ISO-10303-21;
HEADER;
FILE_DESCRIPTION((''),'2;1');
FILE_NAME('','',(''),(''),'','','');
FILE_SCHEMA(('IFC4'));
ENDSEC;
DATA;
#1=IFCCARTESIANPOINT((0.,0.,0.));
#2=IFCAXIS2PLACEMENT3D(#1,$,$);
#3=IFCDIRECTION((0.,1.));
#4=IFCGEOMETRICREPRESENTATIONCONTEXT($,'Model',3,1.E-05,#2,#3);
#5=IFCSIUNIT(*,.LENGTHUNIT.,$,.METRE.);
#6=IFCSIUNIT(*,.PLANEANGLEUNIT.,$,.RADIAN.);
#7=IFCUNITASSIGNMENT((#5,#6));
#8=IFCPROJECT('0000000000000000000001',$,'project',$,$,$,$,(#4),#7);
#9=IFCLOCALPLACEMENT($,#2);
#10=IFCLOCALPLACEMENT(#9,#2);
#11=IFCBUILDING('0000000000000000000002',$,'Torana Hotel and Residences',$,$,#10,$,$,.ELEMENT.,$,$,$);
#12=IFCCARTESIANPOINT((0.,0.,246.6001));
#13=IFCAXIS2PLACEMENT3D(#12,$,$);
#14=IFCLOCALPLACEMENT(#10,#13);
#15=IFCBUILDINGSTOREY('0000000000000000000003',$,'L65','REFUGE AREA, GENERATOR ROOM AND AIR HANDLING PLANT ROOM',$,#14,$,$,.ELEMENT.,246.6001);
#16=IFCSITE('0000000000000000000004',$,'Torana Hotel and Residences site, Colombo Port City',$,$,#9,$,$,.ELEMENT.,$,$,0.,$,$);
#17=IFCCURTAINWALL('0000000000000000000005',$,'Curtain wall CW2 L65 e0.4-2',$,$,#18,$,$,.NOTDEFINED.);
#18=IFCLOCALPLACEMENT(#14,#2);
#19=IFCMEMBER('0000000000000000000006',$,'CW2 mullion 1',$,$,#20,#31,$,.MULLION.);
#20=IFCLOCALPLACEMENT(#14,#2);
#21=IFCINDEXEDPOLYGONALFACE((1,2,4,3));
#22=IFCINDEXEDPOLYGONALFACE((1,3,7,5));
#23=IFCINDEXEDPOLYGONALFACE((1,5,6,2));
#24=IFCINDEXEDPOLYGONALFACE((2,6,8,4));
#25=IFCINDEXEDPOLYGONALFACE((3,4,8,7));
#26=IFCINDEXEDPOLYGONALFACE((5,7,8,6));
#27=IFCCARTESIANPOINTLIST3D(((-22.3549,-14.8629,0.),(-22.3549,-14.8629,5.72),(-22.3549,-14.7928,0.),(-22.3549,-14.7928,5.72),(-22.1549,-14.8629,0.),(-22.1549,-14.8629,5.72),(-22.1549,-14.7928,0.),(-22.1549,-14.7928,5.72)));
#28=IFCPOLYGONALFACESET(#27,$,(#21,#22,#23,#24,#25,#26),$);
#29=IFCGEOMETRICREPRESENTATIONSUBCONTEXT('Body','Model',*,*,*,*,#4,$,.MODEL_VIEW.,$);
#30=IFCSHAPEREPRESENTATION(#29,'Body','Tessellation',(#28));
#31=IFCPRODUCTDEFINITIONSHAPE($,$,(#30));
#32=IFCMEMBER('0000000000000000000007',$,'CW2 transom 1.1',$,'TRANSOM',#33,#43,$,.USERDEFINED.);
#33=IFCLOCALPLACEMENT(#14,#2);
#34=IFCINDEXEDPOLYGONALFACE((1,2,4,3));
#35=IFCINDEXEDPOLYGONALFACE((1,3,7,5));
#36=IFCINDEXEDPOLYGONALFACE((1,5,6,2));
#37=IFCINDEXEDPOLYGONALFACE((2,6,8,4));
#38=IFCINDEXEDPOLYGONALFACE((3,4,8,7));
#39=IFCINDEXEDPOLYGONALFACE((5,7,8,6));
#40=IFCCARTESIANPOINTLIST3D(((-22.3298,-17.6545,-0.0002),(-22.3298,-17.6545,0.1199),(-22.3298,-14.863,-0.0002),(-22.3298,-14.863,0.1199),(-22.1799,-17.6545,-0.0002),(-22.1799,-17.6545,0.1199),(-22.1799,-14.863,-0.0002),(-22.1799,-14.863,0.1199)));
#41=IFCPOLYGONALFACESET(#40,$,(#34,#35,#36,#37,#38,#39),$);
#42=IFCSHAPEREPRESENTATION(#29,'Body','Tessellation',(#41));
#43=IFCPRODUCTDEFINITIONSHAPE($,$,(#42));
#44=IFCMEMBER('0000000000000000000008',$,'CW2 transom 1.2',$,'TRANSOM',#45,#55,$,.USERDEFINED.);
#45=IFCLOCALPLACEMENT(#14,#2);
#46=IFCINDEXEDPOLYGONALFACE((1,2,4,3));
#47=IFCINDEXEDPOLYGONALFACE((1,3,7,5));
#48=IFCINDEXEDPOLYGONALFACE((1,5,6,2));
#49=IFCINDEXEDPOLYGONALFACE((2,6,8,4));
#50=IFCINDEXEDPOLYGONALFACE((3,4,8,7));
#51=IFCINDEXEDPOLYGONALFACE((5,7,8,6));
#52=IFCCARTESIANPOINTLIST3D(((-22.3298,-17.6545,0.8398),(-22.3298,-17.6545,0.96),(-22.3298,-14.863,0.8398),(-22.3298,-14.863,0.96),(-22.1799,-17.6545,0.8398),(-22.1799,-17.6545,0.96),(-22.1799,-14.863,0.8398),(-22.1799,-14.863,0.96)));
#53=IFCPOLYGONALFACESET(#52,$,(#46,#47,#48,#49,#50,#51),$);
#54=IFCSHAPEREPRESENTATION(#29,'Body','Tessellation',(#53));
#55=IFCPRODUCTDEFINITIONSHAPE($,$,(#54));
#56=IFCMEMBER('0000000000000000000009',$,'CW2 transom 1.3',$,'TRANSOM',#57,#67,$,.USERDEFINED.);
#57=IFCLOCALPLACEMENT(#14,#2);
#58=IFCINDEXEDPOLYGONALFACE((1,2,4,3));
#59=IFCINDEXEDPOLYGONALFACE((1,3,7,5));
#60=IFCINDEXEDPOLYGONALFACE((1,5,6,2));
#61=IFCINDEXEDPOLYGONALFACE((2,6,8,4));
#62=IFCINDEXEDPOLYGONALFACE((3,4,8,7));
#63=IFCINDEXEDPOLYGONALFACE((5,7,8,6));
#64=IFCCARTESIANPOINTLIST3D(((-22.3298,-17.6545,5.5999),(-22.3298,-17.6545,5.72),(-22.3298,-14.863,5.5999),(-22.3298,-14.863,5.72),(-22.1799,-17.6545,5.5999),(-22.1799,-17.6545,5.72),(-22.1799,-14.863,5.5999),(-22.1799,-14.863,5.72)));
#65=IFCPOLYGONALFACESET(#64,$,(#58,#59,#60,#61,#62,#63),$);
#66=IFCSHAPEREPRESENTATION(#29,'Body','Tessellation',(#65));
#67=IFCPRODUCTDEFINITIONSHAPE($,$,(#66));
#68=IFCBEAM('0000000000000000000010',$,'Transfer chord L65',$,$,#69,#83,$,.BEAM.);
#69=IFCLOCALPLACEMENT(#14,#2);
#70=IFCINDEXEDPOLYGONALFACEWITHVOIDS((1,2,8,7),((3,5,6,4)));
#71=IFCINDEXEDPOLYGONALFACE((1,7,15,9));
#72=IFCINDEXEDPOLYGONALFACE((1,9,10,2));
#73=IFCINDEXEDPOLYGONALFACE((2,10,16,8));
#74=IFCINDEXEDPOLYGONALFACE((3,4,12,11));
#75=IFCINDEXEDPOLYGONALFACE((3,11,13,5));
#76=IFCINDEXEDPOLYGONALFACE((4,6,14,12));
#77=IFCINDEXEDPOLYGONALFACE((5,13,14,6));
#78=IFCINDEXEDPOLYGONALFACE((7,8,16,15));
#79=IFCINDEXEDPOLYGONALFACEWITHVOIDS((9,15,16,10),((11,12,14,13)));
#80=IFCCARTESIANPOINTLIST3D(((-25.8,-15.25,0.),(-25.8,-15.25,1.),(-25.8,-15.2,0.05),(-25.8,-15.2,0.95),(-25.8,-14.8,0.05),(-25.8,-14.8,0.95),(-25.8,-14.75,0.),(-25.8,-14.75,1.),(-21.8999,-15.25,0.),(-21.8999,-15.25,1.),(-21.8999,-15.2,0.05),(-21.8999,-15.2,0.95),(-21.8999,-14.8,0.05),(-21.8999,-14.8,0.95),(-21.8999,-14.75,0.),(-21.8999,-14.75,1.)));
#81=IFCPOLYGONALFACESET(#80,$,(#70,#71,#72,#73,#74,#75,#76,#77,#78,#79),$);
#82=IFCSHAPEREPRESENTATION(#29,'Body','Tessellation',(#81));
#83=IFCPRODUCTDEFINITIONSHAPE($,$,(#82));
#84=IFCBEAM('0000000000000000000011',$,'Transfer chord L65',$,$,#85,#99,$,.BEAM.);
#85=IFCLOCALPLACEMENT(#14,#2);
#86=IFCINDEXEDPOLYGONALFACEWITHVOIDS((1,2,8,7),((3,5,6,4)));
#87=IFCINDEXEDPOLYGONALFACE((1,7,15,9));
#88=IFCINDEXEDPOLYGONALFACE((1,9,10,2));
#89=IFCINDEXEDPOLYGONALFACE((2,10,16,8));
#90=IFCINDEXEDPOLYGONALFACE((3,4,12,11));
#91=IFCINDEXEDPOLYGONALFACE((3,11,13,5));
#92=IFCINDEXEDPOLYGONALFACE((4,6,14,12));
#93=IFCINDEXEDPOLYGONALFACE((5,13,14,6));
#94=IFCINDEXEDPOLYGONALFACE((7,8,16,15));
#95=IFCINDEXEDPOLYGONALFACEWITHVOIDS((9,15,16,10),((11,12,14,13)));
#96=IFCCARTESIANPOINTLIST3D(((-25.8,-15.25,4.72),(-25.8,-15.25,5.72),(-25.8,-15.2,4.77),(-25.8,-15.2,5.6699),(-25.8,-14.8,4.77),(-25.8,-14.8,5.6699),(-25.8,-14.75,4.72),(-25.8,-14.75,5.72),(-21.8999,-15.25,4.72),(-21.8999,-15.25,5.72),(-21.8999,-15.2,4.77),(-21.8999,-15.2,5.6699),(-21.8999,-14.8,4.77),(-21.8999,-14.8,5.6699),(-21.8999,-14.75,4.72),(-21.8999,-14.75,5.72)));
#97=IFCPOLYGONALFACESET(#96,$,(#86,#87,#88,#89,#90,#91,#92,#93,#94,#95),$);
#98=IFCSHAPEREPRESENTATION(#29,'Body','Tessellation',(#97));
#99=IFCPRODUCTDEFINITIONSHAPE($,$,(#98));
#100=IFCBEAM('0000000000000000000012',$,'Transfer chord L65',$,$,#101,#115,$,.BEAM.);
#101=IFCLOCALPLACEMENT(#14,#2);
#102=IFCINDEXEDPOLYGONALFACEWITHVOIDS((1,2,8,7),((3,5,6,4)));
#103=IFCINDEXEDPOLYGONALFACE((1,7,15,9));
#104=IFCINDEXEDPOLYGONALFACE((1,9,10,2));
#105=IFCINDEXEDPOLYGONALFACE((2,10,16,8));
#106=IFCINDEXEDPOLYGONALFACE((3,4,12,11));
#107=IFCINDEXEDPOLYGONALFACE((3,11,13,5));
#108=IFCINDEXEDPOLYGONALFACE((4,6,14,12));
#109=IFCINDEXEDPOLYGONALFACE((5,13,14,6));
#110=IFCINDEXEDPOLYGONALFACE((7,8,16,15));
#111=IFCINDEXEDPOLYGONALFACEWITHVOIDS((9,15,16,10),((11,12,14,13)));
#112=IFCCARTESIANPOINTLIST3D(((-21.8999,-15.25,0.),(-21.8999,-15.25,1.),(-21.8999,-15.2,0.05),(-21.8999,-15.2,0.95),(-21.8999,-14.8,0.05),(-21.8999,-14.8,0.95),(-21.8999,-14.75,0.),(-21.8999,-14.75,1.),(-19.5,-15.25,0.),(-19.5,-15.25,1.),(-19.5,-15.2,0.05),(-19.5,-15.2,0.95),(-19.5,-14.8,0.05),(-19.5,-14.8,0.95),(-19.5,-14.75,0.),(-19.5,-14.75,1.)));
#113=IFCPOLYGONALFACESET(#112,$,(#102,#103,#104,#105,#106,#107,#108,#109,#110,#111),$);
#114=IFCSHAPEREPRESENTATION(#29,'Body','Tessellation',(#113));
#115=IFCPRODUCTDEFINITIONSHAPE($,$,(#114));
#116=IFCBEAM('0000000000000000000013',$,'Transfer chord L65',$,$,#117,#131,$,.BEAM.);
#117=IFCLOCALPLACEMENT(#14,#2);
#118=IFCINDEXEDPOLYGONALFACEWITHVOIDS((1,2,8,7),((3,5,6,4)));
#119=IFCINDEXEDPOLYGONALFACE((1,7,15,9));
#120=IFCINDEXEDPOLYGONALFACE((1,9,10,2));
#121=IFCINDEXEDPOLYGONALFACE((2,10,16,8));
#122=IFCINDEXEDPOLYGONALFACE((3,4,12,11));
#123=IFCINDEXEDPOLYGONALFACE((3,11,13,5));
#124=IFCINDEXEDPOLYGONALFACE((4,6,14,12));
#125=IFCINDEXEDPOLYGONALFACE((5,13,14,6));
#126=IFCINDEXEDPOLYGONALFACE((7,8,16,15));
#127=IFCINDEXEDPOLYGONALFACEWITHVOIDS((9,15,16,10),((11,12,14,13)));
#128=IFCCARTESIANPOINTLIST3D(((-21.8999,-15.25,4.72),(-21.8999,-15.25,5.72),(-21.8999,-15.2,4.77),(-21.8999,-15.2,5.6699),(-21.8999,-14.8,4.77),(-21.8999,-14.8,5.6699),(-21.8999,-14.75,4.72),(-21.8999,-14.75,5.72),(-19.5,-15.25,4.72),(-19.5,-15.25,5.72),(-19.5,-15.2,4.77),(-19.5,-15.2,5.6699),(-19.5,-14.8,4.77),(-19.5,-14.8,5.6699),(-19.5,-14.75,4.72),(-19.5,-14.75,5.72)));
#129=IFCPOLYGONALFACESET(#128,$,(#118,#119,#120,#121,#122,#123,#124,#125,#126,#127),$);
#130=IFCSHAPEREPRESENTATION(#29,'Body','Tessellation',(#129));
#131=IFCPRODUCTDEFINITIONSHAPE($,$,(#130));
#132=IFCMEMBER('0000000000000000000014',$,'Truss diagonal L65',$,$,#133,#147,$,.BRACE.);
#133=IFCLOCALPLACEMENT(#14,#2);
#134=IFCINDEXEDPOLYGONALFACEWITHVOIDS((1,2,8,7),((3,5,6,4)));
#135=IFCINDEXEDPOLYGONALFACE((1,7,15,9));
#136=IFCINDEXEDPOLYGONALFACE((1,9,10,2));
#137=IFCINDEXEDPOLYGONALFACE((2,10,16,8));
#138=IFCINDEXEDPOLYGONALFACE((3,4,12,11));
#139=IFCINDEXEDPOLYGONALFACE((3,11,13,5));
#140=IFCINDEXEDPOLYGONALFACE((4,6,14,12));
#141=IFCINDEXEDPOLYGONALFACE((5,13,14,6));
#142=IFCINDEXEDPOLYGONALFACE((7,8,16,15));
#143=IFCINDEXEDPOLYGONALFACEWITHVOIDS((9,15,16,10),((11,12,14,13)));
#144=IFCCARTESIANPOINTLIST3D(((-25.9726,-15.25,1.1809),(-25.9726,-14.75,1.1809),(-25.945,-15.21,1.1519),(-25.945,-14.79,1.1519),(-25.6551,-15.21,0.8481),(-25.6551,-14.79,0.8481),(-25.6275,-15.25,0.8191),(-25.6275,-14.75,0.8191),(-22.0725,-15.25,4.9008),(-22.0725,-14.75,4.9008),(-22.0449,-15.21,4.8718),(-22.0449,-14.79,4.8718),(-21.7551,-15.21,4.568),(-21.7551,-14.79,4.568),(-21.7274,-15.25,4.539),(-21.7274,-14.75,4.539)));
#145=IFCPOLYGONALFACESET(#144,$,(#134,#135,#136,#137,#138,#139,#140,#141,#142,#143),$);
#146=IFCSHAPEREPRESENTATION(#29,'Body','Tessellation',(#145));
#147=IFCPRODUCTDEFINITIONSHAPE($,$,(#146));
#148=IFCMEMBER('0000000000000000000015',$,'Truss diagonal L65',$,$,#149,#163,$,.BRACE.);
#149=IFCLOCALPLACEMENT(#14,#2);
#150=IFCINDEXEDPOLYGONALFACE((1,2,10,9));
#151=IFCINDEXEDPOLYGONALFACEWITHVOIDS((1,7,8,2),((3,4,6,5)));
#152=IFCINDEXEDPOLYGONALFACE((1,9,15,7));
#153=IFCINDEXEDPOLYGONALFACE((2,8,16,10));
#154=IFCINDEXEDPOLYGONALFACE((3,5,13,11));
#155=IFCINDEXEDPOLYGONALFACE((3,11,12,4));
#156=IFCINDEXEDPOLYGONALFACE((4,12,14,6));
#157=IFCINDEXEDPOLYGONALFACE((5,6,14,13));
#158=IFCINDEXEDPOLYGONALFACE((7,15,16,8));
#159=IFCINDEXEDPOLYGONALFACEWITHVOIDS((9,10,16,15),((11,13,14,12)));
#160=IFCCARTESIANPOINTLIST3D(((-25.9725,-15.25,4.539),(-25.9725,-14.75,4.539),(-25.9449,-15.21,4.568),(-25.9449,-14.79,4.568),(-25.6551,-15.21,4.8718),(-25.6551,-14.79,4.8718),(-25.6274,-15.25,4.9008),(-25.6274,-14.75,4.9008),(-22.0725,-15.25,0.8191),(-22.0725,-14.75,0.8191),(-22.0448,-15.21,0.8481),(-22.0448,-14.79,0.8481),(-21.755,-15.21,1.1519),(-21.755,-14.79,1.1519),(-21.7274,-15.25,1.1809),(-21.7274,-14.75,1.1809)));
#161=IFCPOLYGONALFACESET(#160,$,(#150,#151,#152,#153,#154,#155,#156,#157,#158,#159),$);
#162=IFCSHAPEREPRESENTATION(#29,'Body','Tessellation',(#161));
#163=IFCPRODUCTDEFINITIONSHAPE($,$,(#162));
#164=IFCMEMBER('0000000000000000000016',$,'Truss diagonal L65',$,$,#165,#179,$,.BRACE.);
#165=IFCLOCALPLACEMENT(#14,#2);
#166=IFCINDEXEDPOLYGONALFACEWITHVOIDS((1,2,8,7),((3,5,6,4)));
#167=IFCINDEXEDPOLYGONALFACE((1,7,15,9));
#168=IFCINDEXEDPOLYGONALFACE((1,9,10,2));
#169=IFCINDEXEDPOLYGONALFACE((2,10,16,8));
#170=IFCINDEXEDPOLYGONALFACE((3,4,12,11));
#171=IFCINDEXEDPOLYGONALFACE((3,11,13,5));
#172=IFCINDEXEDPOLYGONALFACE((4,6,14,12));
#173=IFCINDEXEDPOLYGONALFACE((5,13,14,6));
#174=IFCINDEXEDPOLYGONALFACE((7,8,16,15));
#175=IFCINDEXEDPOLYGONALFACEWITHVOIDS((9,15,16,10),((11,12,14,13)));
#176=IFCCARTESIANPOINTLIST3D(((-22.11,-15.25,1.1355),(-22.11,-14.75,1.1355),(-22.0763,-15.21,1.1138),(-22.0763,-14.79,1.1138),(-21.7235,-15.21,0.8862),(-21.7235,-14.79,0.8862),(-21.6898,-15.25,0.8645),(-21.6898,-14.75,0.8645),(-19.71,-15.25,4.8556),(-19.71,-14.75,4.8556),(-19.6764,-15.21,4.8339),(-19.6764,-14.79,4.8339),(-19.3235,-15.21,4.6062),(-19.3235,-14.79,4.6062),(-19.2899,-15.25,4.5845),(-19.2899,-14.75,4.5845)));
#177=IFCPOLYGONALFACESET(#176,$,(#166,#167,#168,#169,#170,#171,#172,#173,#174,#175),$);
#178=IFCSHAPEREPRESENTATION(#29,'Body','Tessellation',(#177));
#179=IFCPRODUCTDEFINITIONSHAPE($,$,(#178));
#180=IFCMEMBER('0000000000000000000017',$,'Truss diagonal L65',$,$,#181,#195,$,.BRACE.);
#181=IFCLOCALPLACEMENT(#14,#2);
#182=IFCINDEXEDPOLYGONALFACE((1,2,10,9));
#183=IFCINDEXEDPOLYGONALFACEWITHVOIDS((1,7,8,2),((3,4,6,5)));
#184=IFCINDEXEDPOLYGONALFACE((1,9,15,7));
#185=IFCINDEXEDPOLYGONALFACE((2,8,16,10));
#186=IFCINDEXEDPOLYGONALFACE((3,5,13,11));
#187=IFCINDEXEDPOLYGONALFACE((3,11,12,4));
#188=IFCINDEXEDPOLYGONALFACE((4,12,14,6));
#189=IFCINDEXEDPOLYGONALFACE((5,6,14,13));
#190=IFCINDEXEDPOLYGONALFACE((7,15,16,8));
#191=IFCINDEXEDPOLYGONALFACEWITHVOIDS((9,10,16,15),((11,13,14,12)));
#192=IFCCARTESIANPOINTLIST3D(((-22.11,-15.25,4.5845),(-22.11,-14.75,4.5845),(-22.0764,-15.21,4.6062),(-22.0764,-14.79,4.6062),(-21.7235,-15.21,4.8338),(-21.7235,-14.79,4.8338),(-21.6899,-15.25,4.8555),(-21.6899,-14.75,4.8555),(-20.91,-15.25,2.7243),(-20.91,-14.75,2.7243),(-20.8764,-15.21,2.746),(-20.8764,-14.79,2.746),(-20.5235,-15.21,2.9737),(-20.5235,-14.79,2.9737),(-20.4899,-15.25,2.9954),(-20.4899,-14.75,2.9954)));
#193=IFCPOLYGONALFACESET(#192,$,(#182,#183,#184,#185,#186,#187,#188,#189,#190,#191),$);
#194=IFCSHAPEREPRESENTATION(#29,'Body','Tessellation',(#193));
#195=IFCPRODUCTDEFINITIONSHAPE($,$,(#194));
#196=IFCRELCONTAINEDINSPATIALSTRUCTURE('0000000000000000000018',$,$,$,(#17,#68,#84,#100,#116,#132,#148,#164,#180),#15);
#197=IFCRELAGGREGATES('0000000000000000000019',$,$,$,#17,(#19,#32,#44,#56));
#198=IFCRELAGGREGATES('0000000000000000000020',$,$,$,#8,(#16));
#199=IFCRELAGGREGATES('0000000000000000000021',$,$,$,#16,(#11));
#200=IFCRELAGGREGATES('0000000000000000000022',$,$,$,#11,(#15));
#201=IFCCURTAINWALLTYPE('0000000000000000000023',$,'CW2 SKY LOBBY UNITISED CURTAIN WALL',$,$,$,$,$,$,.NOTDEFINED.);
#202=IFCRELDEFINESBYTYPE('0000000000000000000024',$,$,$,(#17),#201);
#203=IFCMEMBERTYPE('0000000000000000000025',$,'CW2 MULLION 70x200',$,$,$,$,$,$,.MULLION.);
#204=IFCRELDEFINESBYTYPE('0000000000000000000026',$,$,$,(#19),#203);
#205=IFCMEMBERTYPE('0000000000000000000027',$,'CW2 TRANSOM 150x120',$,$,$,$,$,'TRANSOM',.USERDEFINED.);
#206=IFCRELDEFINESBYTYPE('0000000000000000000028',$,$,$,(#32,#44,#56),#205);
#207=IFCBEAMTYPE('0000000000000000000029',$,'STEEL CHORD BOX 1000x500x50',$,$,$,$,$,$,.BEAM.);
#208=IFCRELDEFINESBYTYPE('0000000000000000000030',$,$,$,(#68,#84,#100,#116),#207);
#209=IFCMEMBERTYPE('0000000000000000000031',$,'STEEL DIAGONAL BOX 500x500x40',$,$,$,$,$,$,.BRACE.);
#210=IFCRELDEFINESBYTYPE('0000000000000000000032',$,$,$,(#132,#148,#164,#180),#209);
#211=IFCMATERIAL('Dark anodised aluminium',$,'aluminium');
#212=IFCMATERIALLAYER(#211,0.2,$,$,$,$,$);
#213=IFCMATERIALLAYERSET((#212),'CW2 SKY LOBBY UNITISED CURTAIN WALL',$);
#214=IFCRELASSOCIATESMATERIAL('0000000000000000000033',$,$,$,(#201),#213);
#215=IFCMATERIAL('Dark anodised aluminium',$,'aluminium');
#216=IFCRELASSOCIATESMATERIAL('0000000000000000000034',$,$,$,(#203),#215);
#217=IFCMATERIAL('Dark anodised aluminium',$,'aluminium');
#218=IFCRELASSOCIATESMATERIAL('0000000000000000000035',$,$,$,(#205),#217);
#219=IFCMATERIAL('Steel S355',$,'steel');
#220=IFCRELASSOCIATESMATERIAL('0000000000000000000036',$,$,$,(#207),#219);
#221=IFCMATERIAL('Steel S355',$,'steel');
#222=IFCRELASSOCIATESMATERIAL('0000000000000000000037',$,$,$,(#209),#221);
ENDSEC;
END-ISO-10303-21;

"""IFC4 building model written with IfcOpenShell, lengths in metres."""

from ifc_helpers import new_model, si_unit, direction, frame, origin, origin_2d, place, context, subcontext, project, spatial, rectangle, hollow_rectangle, extrude, material, layer, layer_set, material_profile, profile_set, type_object, element, aggregate, save


model = new_model("IFC4")

# Units and contexts
model_context = context("Model", 3, precision=1e-05, world=origin(), true_north=direction((0.0, 1.0)))
body_context = subcontext(model_context, "Body", "Model", "MODEL_VIEW")
ifc_project = project(units=[si_unit("LENGTHUNIT", "METRE"), si_unit("PLANEANGLEUNIT", "RADIAN")], contexts=[model_context])

# Site, building, storey
site_placement = place(None, origin())
site = spatial("IfcSite", under=ifc_project, at=site_placement, Name="Torana Hotel and Residences site, Colombo Port City", CompositionType="ELEMENT", RefElevation=0.0)
building_placement = place(site_placement, origin())
building = spatial("IfcBuilding", under=site, at=building_placement, Name="Torana Hotel and Residences", CompositionType="ELEMENT")
storey_placement = place(building_placement, frame((0.0, 0.0, 246.6001)))
storey = spatial("IfcBuildingStorey", under=building, at=storey_placement, Name="L65", Description="REFUGE AREA, GENERATOR ROOM AND AIR HANDLING PLANT ROOM", CompositionType="ELEMENT", Elevation=246.6001)

# Curtain wall, members
ifc_material_1 = material(Name="Dark anodised aluminium", Category="aluminium")
ifc_layer_1 = layer(ifc_material_1, 0.2)
ifc_layer_set_1 = layer_set([ifc_layer_1], Name="CW2 SKY LOBBY UNITISED CURTAIN WALL")
curtain_wall_type = type_object("IfcCurtainWallType", Name="CW2 SKY LOBBY UNITISED CURTAIN WALL", PredefinedType="NOTDEFINED", material=ifc_layer_set_1)
curtain_wall_placement = place(storey_placement, origin())
curtain_wall = element("IfcCurtainWall", 1, at=curtain_wall_placement, inside=storey, type_object=curtain_wall_type, Name="Curtain wall CW2 L65 e0.4-2", PredefinedType="NOTDEFINED")
ifc_material_2 = material(Name="Dark anodised aluminium", Category="aluminium")
ifc_material_profile_1 = material_profile(ifc_material_2, rectangle(XDim=0.2, YDim=0.0701, at=origin_2d()), Name="CW2 MULLION 70x200")
ifc_profile_set_1 = profile_set([ifc_material_profile_1], Name="Dark anodised aluminium")
member_type_1 = type_object("IfcMemberType", Name="CW2 MULLION 70x200", PredefinedType="MULLION", material=ifc_profile_set_1)
member_1_placement = place(storey_placement, frame((-22.2549, -14.8279, 0.0), z_axis=(0.0, 0.0, 1.0), x_axis=(1.0, 0.0, 0.0)))
member_1 = element("IfcMember", 2, at=member_1_placement, type_object=member_type_1, Name="CW2 mullion 1", PredefinedType="MULLION", context=body_context, shape_type="SweptSolid", body=[
    extrude(rectangle(XDim=0.2, YDim=0.0701, at=origin_2d()), origin(), (0.0, 0.0, 1.0), 5.72),
])
ifc_material_3 = material(Name="Dark anodised aluminium", Category="aluminium")
ifc_material_profile_2 = material_profile(ifc_material_3, rectangle(XDim=0.1499, YDim=0.1201, at=origin_2d()), Name="CW2 TRANSOM 150x120")
ifc_profile_set_2 = profile_set([ifc_material_profile_2], Name="Dark anodised aluminium")
member_type_2 = type_object("IfcMemberType", Name="CW2 TRANSOM 150x120", ElementType="TRANSOM", PredefinedType="USERDEFINED", material=ifc_profile_set_2)
member_2_placement = place(storey_placement, frame((-22.2549, -14.863, 0.0598), z_axis=(0.0, -1.0, 0.0), x_axis=(1.0, 0.0, 0.0)))
member_2 = element("IfcMember", 3, at=member_2_placement, type_object=member_type_2, Name="CW2 transom 1.1", ObjectType="TRANSOM", PredefinedType="USERDEFINED", context=body_context, shape_type="SweptSolid", body=[
    extrude(rectangle(XDim=0.1499, YDim=0.1201, at=origin_2d()), origin(), (0.0, 0.0, 1.0), 2.7915),
])
member_3_placement = place(storey_placement, frame((-22.2549, -14.863, 0.8999), z_axis=(0.0, -1.0, 0.0), x_axis=(1.0, 0.0, 0.0)))
member_3 = element("IfcMember", 4, at=member_3_placement, type_object=member_type_2, Name="CW2 transom 1.2", ObjectType="TRANSOM", PredefinedType="USERDEFINED", context=body_context, shape_type="SweptSolid", body=[
    extrude(rectangle(XDim=0.1499, YDim=0.1201, at=origin_2d()), origin(), (0.0, 0.0, 1.0), 2.7915),
])
member_4_placement = place(storey_placement, frame((-22.2549, -14.863, 5.6599), z_axis=(0.0, -1.0, 0.0), x_axis=(1.0, 0.0, 0.0)))
member_4 = element("IfcMember", 5, at=member_4_placement, type_object=member_type_2, Name="CW2 transom 1.3", ObjectType="TRANSOM", PredefinedType="USERDEFINED", context=body_context, shape_type="SweptSolid", body=[
    extrude(rectangle(XDim=0.1499, YDim=0.1201, at=origin_2d()), origin(), (0.0, 0.0, 1.0), 2.7915),
])
aggregate(curtain_wall, [member_1, member_2, member_3, member_4])

# Beams
ifc_material_4 = material(Name="Steel S355", Category="steel")
ifc_material_profile_3 = material_profile(ifc_material_4, hollow_rectangle(XDim=0.5, YDim=1.0, WallThickness=0.05, at=origin_2d()), Name="BOX 1000x500x50")
ifc_profile_set_3 = profile_set([ifc_material_profile_3], Name="Steel S355")
beam_type = type_object("IfcBeamType", Name="STEEL CHORD BOX 1000x500x50", PredefinedType="BEAM", material=ifc_profile_set_3)
for number, where, z_axis, x_axis, name in (
    (6, (-25.8, -15.0, 0.5), (1.0, 0.0, 0.0), (0.0, 1.0, 0.0), "Transfer chord L65"),
    (7, (-25.8, -15.0, 5.22), (1.0, 0.0, 0.0), (0.0, 1.0, 0.0), "Transfer chord L65"),
):
    element("IfcBeam", number, at=place(storey_placement, frame(where, z_axis=z_axis, x_axis=x_axis)), inside=storey, type_object=beam_type, Name=name, PredefinedType="BEAM", context=body_context, shape_type="SweptSolid", body=[
        extrude(hollow_rectangle(XDim=0.5, YDim=1.0, WallThickness=0.05, at=origin_2d()), origin(), (0.0, 0.0, 1.0), 3.9001),
    ])
for number, where, z_axis, x_axis, name in (
    (8, (-21.8999, -15.0, 0.5), (1.0, 0.0, 0.0), (0.0, 1.0, 0.0), "Transfer chord L65"),
    (9, (-21.8999, -15.0, 5.22), (1.0, 0.0, 0.0), (0.0, 1.0, 0.0), "Transfer chord L65"),
):
    element("IfcBeam", number, at=place(storey_placement, frame(where, z_axis=z_axis, x_axis=x_axis)), inside=storey, type_object=beam_type, Name=name, PredefinedType="BEAM", context=body_context, shape_type="SweptSolid", body=[
        extrude(hollow_rectangle(XDim=0.5, YDim=1.0, WallThickness=0.05, at=origin_2d()), origin(), (0.0, 0.0, 1.0), 2.3999),
    ])

# Members
ifc_material_5 = material(Name="Steel S355", Category="steel")
ifc_material_profile_4 = material_profile(ifc_material_5, hollow_rectangle(XDim=0.5, YDim=0.5, WallThickness=0.04, at=origin_2d()), Name="BOX 500x500x40")
ifc_profile_set_4 = profile_set([ifc_material_profile_4], Name="Steel S355")
member_type_3 = type_object("IfcMemberType", Name="STEEL DIAGONAL BOX 500x500x40", PredefinedType="BRACE", material=ifc_profile_set_4)
for number, where, z_axis, x_axis, name in (
    (10, (-25.8, -15.0, 1.0), (0.723624, 0.0, 0.690195), (0.0, 1.0, 0.0), "Truss diagonal L65"),
    (11, (-21.8999, -15.0, 1.0), (-0.723624, 0.0, 0.690195), (0.0, -1.0, 0.0), "Truss diagonal L65"),
):
    element("IfcMember", number, at=place(storey_placement, frame(where, z_axis=z_axis, x_axis=x_axis)), inside=storey, type_object=member_type_3, Name=name, PredefinedType="BRACE", context=body_context, shape_type="SweptSolid", body=[
        extrude(hollow_rectangle(XDim=0.5, YDim=0.5, WallThickness=0.04, at=origin_2d()), origin(), (0.0, 0.0, 1.0), 5.3896),
    ])
member_5_placement = place(storey_placement, frame((-21.8999, -15.0, 1.0), z_axis=(0.542114, 0.0, 0.840305), x_axis=(0.0, 1.0, 0.0)))
element("IfcMember", 12, at=member_5_placement, inside=storey, type_object=member_type_3, Name="Truss diagonal L65", PredefinedType="BRACE", context=body_context, shape_type="SweptSolid", body=[
    extrude(hollow_rectangle(XDim=0.5, YDim=0.5, WallThickness=0.04, at=origin_2d()), origin(), (0.0, 0.0, 1.0), 4.427),
])
member_6_placement = place(storey_placement, frame((-20.7, -15.0, 2.8599), z_axis=(-0.542089, 0.0, 0.840321), x_axis=(0.0, -1.0, 0.0)))
element("IfcMember", 13, at=member_6_placement, inside=storey, type_object=member_type_3, Name="Truss diagonal L65", PredefinedType="BRACE", context=body_context, shape_type="SweptSolid", body=[
    extrude(hollow_rectangle(XDim=0.5, YDim=0.5, WallThickness=0.04, at=origin_2d()), origin(), (0.0, 0.0, 1.0), 2.2136),
])

save(model, "model.ifc")
